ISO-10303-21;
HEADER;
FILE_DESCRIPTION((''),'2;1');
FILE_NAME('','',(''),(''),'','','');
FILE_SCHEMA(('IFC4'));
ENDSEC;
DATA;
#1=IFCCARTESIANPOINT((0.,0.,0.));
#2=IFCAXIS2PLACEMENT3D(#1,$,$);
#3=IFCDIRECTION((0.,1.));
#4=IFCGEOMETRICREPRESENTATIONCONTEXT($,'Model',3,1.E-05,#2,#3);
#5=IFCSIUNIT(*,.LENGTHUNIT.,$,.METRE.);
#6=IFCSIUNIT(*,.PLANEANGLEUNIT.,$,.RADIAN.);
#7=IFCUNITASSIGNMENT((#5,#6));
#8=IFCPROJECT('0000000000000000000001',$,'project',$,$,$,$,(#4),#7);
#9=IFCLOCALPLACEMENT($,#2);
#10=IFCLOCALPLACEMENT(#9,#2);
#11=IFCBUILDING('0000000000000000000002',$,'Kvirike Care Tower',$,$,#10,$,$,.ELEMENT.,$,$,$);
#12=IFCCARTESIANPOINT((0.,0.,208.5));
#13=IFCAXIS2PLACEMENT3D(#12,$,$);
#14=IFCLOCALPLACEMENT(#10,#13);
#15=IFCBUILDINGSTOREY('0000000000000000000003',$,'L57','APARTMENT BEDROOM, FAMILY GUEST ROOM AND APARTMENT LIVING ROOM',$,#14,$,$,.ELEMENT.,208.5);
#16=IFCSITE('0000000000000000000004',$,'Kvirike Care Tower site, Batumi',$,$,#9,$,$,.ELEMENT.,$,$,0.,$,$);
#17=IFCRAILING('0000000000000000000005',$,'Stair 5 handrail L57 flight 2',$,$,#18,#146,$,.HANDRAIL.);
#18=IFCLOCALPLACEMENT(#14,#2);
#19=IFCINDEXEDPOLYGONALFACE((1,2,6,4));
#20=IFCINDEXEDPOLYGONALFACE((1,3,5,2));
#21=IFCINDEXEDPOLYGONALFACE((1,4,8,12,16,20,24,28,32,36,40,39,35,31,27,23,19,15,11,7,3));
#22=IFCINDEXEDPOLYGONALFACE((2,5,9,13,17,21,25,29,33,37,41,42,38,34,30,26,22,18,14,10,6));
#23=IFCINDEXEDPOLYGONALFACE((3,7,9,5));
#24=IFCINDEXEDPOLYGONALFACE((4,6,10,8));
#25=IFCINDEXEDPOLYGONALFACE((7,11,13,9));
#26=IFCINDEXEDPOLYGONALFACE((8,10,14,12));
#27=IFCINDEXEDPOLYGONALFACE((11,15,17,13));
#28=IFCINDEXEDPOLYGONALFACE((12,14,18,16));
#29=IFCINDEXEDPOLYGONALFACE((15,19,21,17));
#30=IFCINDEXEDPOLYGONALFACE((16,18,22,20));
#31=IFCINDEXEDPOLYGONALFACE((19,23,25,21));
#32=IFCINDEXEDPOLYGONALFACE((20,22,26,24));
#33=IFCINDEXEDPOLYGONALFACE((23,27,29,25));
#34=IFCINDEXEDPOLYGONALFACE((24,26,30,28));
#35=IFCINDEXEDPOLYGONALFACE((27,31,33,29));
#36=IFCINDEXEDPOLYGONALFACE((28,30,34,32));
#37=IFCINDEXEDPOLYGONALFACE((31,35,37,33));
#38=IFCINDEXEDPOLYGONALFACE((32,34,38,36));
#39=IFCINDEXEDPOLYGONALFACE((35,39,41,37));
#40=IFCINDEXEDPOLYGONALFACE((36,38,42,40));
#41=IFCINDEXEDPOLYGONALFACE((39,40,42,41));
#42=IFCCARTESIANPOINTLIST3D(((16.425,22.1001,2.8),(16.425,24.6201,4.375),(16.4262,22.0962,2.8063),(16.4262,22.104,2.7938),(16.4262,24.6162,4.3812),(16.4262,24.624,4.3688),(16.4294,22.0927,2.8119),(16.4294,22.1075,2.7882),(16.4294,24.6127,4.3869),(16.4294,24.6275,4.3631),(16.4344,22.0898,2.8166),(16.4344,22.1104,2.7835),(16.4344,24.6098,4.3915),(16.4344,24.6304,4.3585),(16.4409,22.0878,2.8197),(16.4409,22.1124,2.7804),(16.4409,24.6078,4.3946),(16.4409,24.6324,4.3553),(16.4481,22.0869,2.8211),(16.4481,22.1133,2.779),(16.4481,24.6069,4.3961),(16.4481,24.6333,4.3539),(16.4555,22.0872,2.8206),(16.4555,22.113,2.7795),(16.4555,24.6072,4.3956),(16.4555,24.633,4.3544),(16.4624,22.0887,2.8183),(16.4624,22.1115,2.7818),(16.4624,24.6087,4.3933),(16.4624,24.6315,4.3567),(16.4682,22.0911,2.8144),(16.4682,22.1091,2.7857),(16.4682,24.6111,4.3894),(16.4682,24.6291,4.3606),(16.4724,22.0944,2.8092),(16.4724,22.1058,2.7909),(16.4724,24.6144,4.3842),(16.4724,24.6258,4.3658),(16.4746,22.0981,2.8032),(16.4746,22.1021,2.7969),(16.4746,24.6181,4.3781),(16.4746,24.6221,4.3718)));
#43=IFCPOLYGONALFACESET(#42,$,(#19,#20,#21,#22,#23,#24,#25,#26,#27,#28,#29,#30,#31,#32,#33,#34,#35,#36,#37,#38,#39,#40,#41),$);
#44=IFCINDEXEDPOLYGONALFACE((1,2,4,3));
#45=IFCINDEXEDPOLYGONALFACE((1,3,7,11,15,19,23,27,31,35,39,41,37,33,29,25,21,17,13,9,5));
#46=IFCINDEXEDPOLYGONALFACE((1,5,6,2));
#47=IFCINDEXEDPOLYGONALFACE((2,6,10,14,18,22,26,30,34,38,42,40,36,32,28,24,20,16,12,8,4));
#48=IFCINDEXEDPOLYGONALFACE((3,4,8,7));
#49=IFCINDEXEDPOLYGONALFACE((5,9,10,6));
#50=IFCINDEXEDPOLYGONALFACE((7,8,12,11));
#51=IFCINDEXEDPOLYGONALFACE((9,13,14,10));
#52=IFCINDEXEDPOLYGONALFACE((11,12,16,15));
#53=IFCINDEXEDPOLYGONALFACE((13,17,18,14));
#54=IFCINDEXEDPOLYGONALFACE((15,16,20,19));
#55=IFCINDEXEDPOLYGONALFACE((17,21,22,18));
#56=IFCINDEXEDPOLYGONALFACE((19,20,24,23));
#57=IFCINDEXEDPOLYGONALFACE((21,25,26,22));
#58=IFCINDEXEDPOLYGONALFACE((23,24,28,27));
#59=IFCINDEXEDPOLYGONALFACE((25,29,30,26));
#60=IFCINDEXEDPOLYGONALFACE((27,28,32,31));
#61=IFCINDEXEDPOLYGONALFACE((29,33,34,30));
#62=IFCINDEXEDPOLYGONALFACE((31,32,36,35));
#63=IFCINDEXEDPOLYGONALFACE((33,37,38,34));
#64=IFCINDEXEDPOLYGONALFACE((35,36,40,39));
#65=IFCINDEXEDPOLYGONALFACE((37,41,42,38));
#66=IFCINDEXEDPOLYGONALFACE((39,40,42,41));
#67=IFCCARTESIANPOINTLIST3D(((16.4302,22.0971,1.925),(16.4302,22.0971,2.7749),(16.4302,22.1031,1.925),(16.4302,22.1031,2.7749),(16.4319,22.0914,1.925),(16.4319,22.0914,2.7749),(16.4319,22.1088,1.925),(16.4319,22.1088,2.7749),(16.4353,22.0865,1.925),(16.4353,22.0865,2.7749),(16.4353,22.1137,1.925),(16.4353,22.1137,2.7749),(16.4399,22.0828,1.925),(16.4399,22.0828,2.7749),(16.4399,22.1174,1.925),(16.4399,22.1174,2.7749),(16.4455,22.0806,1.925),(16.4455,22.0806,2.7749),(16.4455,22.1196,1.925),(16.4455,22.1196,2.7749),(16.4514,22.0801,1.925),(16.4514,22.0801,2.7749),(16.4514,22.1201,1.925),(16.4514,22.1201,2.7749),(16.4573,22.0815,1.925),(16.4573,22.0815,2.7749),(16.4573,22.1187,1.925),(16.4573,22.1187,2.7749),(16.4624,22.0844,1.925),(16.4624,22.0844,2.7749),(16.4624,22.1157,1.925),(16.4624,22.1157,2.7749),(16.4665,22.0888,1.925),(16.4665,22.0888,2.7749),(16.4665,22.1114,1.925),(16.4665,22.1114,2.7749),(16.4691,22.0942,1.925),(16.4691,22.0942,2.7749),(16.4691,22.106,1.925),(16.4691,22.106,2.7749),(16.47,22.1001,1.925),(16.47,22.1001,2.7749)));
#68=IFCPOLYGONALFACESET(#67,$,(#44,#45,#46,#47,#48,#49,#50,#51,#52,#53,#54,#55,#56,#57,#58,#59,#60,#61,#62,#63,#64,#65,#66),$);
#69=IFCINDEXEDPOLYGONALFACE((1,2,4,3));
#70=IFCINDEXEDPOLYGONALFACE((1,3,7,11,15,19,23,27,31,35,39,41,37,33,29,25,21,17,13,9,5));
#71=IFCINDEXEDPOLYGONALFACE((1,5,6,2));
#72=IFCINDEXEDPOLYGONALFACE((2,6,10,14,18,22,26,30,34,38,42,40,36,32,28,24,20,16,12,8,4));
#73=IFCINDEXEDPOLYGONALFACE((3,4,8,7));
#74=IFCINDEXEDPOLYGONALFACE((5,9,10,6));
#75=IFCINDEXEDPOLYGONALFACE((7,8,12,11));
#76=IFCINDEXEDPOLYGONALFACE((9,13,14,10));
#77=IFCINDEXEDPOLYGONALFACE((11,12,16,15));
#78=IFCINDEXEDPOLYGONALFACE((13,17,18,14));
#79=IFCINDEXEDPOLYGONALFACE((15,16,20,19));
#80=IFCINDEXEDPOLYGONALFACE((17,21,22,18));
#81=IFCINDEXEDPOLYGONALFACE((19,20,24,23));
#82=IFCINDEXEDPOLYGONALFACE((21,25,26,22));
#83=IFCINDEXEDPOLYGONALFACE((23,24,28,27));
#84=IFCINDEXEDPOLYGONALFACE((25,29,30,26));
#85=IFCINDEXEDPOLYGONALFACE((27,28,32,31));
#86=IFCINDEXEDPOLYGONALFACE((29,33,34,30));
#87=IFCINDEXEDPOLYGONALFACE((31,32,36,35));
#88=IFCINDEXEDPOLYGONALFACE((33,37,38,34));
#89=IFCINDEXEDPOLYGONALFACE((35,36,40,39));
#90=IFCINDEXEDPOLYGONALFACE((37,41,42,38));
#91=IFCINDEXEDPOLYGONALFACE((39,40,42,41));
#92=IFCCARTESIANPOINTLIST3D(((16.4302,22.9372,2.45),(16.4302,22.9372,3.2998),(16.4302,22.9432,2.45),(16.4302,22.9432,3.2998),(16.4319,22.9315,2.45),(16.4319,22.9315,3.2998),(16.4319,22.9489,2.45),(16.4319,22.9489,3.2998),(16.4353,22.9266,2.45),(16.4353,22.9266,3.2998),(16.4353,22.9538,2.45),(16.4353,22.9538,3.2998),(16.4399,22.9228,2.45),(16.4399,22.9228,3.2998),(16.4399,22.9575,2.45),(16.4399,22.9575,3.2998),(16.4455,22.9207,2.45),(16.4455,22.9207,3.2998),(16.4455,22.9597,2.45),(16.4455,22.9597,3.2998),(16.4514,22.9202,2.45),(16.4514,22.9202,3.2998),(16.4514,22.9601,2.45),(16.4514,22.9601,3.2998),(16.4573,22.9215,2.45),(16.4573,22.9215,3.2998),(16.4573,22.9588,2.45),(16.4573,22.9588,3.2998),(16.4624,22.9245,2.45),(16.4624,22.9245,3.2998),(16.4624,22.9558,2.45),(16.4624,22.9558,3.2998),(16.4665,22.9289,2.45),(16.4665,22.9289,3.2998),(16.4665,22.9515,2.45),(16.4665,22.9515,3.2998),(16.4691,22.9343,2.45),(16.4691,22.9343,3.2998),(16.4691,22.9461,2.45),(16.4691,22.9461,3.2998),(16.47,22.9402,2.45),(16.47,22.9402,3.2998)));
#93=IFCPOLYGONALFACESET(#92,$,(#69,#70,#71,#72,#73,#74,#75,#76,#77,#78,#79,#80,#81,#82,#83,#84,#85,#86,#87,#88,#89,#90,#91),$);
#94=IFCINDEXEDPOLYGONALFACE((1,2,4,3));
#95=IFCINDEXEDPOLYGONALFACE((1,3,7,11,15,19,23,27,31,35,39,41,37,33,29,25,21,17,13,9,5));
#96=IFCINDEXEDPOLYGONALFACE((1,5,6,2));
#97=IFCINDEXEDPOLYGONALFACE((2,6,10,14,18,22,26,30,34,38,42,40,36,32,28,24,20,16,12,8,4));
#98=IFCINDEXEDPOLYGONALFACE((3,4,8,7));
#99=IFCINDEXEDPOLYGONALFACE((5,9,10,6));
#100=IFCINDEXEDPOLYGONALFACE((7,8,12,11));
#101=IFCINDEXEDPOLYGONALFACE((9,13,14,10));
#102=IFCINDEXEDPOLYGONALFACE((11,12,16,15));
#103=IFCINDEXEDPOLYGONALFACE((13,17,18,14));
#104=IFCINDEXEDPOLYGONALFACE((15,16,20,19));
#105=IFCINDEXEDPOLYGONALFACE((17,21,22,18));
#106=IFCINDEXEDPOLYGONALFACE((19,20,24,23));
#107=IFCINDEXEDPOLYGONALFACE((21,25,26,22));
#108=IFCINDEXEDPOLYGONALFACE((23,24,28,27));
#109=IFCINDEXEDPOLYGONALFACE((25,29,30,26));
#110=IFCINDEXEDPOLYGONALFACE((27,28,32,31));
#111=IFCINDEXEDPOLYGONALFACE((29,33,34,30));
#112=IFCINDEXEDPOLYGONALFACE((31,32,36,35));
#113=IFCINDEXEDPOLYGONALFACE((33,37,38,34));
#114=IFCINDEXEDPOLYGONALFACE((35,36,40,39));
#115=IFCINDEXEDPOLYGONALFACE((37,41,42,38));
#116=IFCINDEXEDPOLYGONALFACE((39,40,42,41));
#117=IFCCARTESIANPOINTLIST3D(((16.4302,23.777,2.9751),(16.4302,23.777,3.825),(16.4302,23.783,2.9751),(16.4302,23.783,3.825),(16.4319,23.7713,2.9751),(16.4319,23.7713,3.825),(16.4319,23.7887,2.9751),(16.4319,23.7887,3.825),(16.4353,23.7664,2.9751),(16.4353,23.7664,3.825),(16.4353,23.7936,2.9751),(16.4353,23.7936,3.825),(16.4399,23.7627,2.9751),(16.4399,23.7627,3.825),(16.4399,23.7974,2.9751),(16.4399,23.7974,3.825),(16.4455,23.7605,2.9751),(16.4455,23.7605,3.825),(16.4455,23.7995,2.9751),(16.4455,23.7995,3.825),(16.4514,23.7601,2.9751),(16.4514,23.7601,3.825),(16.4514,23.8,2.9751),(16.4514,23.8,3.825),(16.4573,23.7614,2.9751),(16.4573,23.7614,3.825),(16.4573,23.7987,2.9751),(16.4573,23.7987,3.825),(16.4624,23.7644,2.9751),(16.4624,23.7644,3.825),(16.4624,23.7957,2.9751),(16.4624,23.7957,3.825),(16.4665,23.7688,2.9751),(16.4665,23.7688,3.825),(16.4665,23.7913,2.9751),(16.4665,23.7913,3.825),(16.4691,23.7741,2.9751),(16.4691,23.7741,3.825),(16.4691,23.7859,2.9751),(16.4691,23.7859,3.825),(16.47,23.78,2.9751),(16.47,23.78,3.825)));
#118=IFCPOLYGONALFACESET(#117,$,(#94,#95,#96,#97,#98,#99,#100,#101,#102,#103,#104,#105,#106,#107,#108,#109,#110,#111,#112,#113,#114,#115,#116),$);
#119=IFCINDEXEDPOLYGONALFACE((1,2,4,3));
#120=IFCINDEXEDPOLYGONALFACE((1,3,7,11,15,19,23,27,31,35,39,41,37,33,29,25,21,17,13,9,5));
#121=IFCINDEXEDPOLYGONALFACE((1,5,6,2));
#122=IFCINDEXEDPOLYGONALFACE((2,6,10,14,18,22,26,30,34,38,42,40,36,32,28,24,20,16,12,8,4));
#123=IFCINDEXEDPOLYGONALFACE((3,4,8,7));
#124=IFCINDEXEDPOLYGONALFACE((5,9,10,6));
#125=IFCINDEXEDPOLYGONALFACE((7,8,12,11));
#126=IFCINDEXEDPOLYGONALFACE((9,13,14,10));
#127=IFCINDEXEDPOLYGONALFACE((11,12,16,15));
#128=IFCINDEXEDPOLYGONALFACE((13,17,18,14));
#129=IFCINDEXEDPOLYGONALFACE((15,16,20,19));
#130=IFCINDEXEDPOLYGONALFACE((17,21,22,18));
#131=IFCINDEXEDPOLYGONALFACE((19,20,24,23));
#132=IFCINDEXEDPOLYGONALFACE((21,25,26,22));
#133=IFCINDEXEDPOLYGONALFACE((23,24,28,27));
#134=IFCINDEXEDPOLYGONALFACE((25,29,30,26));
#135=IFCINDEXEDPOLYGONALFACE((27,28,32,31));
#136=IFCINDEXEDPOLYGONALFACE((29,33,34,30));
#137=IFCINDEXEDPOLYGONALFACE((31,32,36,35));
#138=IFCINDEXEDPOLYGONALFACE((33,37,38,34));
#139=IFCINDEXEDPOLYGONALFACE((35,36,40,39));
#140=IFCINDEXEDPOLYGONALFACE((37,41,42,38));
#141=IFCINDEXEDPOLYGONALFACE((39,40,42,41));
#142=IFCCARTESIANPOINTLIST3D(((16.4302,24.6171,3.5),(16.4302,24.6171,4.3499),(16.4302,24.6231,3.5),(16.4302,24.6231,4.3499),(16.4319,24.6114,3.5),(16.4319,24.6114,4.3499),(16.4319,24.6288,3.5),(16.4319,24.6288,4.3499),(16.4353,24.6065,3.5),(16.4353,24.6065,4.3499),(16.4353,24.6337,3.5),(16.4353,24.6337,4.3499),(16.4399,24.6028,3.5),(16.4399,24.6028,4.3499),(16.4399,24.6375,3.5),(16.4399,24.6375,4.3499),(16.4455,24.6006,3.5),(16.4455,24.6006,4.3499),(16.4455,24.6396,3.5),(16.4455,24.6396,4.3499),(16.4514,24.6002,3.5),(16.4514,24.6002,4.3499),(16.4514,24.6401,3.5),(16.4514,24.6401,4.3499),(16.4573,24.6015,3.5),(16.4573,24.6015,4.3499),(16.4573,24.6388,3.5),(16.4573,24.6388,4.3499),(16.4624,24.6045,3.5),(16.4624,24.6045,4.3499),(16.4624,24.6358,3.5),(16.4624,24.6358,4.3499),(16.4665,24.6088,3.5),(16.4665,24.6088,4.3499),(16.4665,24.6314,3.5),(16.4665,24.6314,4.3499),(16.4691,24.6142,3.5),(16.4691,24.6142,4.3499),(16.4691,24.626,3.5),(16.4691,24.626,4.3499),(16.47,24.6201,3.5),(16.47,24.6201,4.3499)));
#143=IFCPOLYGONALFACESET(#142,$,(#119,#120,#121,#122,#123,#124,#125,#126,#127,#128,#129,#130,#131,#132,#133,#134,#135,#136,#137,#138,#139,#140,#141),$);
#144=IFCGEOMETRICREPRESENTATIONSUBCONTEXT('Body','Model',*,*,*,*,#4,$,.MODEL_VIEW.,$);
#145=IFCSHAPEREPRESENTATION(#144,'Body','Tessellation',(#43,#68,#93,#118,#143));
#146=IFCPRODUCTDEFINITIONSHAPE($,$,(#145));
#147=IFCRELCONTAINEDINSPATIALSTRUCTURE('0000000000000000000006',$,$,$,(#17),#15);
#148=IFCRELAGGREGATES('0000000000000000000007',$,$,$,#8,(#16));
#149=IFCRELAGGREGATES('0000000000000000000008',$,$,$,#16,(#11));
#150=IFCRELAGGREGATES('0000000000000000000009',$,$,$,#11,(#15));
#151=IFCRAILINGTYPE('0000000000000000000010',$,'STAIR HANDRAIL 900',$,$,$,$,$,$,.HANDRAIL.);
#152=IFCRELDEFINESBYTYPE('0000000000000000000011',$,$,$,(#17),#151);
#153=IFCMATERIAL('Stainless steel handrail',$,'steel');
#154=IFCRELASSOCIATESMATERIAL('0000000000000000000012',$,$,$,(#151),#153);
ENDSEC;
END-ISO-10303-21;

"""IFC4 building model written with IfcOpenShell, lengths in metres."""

from ifc_helpers import new_model, si_unit, direction, frame, origin, origin_2d, place, context, subcontext, project, spatial, circle, extrude, material, type_object, element, save


model = new_model("IFC4")

# Units and contexts
model_context = context("Model", 3, precision=1e-05, world=origin(), true_north=direction((0.0, 1.0)))
body_context = subcontext(model_context, "Body", "Model", "MODEL_VIEW")
ifc_project = project(units=[si_unit("LENGTHUNIT", "METRE"), si_unit("PLANEANGLEUNIT", "RADIAN")], contexts=[model_context])

# Site, building, storey
site_placement = place(None, origin())
site = spatial("IfcSite", under=ifc_project, at=site_placement, Name="Kvirike Care Tower site, Batumi", CompositionType="ELEMENT", RefElevation=0.0)
building_placement = place(site_placement, origin())
building = spatial("IfcBuilding", under=site, at=building_placement, Name="Kvirike Care Tower", CompositionType="ELEMENT")
storey_placement = place(building_placement, frame((0.0, 0.0, 208.5)))
storey = spatial("IfcBuildingStorey", under=building, at=storey_placement, Name="L57", Description="APARTMENT BEDROOM, FAMILY GUEST ROOM AND APARTMENT LIVING ROOM", CompositionType="ELEMENT", Elevation=208.5)

# Railing
ifc_material_1 = material(Name="Stainless steel handrail", Category="steel")
railing_type = type_object("IfcRailingType", Name="STAIR HANDRAIL 900", PredefinedType="HANDRAIL", material=ifc_material_1)
railing_placement = place(storey_placement, frame((16.45, 22.1001, 1.925)))
element("IfcRailing", 1, at=railing_placement, inside=storey, type_object=railing_type, Name="Stair 5 handrail L57 flight 2", PredefinedType="HANDRAIL", context=body_context, shape_type="SweptSolid", body=[
    extrude(circle(Radius=0.0249, at=origin_2d()), frame((0.0, 0.0, 0.875), z_axis=(0.0, 0.848008, 0.529984), x_axis=(-1.0, 0.0, 0.0)), (0.0, 0.0, 1.0), 2.9717),
    extrude(circle(Radius=0.02, at=origin_2d()), origin(), (0.0, 0.0, 1.0), 0.8499),
    extrude(circle(Radius=0.02, at=origin_2d()), frame((0.0, 0.8401, 0.5249)), (0.0, 0.0, 1.0), 0.8499),
    extrude(circle(Radius=0.02, at=origin_2d()), frame((0.0, 1.6799, 1.05)), (0.0, 0.0, 1.0), 0.8499),
    extrude(circle(Radius=0.02, at=origin_2d()), frame((0.0, 2.52, 1.575)), (0.0, 0.0, 1.0), 0.8499),
])

save(model, "model.ifc")
